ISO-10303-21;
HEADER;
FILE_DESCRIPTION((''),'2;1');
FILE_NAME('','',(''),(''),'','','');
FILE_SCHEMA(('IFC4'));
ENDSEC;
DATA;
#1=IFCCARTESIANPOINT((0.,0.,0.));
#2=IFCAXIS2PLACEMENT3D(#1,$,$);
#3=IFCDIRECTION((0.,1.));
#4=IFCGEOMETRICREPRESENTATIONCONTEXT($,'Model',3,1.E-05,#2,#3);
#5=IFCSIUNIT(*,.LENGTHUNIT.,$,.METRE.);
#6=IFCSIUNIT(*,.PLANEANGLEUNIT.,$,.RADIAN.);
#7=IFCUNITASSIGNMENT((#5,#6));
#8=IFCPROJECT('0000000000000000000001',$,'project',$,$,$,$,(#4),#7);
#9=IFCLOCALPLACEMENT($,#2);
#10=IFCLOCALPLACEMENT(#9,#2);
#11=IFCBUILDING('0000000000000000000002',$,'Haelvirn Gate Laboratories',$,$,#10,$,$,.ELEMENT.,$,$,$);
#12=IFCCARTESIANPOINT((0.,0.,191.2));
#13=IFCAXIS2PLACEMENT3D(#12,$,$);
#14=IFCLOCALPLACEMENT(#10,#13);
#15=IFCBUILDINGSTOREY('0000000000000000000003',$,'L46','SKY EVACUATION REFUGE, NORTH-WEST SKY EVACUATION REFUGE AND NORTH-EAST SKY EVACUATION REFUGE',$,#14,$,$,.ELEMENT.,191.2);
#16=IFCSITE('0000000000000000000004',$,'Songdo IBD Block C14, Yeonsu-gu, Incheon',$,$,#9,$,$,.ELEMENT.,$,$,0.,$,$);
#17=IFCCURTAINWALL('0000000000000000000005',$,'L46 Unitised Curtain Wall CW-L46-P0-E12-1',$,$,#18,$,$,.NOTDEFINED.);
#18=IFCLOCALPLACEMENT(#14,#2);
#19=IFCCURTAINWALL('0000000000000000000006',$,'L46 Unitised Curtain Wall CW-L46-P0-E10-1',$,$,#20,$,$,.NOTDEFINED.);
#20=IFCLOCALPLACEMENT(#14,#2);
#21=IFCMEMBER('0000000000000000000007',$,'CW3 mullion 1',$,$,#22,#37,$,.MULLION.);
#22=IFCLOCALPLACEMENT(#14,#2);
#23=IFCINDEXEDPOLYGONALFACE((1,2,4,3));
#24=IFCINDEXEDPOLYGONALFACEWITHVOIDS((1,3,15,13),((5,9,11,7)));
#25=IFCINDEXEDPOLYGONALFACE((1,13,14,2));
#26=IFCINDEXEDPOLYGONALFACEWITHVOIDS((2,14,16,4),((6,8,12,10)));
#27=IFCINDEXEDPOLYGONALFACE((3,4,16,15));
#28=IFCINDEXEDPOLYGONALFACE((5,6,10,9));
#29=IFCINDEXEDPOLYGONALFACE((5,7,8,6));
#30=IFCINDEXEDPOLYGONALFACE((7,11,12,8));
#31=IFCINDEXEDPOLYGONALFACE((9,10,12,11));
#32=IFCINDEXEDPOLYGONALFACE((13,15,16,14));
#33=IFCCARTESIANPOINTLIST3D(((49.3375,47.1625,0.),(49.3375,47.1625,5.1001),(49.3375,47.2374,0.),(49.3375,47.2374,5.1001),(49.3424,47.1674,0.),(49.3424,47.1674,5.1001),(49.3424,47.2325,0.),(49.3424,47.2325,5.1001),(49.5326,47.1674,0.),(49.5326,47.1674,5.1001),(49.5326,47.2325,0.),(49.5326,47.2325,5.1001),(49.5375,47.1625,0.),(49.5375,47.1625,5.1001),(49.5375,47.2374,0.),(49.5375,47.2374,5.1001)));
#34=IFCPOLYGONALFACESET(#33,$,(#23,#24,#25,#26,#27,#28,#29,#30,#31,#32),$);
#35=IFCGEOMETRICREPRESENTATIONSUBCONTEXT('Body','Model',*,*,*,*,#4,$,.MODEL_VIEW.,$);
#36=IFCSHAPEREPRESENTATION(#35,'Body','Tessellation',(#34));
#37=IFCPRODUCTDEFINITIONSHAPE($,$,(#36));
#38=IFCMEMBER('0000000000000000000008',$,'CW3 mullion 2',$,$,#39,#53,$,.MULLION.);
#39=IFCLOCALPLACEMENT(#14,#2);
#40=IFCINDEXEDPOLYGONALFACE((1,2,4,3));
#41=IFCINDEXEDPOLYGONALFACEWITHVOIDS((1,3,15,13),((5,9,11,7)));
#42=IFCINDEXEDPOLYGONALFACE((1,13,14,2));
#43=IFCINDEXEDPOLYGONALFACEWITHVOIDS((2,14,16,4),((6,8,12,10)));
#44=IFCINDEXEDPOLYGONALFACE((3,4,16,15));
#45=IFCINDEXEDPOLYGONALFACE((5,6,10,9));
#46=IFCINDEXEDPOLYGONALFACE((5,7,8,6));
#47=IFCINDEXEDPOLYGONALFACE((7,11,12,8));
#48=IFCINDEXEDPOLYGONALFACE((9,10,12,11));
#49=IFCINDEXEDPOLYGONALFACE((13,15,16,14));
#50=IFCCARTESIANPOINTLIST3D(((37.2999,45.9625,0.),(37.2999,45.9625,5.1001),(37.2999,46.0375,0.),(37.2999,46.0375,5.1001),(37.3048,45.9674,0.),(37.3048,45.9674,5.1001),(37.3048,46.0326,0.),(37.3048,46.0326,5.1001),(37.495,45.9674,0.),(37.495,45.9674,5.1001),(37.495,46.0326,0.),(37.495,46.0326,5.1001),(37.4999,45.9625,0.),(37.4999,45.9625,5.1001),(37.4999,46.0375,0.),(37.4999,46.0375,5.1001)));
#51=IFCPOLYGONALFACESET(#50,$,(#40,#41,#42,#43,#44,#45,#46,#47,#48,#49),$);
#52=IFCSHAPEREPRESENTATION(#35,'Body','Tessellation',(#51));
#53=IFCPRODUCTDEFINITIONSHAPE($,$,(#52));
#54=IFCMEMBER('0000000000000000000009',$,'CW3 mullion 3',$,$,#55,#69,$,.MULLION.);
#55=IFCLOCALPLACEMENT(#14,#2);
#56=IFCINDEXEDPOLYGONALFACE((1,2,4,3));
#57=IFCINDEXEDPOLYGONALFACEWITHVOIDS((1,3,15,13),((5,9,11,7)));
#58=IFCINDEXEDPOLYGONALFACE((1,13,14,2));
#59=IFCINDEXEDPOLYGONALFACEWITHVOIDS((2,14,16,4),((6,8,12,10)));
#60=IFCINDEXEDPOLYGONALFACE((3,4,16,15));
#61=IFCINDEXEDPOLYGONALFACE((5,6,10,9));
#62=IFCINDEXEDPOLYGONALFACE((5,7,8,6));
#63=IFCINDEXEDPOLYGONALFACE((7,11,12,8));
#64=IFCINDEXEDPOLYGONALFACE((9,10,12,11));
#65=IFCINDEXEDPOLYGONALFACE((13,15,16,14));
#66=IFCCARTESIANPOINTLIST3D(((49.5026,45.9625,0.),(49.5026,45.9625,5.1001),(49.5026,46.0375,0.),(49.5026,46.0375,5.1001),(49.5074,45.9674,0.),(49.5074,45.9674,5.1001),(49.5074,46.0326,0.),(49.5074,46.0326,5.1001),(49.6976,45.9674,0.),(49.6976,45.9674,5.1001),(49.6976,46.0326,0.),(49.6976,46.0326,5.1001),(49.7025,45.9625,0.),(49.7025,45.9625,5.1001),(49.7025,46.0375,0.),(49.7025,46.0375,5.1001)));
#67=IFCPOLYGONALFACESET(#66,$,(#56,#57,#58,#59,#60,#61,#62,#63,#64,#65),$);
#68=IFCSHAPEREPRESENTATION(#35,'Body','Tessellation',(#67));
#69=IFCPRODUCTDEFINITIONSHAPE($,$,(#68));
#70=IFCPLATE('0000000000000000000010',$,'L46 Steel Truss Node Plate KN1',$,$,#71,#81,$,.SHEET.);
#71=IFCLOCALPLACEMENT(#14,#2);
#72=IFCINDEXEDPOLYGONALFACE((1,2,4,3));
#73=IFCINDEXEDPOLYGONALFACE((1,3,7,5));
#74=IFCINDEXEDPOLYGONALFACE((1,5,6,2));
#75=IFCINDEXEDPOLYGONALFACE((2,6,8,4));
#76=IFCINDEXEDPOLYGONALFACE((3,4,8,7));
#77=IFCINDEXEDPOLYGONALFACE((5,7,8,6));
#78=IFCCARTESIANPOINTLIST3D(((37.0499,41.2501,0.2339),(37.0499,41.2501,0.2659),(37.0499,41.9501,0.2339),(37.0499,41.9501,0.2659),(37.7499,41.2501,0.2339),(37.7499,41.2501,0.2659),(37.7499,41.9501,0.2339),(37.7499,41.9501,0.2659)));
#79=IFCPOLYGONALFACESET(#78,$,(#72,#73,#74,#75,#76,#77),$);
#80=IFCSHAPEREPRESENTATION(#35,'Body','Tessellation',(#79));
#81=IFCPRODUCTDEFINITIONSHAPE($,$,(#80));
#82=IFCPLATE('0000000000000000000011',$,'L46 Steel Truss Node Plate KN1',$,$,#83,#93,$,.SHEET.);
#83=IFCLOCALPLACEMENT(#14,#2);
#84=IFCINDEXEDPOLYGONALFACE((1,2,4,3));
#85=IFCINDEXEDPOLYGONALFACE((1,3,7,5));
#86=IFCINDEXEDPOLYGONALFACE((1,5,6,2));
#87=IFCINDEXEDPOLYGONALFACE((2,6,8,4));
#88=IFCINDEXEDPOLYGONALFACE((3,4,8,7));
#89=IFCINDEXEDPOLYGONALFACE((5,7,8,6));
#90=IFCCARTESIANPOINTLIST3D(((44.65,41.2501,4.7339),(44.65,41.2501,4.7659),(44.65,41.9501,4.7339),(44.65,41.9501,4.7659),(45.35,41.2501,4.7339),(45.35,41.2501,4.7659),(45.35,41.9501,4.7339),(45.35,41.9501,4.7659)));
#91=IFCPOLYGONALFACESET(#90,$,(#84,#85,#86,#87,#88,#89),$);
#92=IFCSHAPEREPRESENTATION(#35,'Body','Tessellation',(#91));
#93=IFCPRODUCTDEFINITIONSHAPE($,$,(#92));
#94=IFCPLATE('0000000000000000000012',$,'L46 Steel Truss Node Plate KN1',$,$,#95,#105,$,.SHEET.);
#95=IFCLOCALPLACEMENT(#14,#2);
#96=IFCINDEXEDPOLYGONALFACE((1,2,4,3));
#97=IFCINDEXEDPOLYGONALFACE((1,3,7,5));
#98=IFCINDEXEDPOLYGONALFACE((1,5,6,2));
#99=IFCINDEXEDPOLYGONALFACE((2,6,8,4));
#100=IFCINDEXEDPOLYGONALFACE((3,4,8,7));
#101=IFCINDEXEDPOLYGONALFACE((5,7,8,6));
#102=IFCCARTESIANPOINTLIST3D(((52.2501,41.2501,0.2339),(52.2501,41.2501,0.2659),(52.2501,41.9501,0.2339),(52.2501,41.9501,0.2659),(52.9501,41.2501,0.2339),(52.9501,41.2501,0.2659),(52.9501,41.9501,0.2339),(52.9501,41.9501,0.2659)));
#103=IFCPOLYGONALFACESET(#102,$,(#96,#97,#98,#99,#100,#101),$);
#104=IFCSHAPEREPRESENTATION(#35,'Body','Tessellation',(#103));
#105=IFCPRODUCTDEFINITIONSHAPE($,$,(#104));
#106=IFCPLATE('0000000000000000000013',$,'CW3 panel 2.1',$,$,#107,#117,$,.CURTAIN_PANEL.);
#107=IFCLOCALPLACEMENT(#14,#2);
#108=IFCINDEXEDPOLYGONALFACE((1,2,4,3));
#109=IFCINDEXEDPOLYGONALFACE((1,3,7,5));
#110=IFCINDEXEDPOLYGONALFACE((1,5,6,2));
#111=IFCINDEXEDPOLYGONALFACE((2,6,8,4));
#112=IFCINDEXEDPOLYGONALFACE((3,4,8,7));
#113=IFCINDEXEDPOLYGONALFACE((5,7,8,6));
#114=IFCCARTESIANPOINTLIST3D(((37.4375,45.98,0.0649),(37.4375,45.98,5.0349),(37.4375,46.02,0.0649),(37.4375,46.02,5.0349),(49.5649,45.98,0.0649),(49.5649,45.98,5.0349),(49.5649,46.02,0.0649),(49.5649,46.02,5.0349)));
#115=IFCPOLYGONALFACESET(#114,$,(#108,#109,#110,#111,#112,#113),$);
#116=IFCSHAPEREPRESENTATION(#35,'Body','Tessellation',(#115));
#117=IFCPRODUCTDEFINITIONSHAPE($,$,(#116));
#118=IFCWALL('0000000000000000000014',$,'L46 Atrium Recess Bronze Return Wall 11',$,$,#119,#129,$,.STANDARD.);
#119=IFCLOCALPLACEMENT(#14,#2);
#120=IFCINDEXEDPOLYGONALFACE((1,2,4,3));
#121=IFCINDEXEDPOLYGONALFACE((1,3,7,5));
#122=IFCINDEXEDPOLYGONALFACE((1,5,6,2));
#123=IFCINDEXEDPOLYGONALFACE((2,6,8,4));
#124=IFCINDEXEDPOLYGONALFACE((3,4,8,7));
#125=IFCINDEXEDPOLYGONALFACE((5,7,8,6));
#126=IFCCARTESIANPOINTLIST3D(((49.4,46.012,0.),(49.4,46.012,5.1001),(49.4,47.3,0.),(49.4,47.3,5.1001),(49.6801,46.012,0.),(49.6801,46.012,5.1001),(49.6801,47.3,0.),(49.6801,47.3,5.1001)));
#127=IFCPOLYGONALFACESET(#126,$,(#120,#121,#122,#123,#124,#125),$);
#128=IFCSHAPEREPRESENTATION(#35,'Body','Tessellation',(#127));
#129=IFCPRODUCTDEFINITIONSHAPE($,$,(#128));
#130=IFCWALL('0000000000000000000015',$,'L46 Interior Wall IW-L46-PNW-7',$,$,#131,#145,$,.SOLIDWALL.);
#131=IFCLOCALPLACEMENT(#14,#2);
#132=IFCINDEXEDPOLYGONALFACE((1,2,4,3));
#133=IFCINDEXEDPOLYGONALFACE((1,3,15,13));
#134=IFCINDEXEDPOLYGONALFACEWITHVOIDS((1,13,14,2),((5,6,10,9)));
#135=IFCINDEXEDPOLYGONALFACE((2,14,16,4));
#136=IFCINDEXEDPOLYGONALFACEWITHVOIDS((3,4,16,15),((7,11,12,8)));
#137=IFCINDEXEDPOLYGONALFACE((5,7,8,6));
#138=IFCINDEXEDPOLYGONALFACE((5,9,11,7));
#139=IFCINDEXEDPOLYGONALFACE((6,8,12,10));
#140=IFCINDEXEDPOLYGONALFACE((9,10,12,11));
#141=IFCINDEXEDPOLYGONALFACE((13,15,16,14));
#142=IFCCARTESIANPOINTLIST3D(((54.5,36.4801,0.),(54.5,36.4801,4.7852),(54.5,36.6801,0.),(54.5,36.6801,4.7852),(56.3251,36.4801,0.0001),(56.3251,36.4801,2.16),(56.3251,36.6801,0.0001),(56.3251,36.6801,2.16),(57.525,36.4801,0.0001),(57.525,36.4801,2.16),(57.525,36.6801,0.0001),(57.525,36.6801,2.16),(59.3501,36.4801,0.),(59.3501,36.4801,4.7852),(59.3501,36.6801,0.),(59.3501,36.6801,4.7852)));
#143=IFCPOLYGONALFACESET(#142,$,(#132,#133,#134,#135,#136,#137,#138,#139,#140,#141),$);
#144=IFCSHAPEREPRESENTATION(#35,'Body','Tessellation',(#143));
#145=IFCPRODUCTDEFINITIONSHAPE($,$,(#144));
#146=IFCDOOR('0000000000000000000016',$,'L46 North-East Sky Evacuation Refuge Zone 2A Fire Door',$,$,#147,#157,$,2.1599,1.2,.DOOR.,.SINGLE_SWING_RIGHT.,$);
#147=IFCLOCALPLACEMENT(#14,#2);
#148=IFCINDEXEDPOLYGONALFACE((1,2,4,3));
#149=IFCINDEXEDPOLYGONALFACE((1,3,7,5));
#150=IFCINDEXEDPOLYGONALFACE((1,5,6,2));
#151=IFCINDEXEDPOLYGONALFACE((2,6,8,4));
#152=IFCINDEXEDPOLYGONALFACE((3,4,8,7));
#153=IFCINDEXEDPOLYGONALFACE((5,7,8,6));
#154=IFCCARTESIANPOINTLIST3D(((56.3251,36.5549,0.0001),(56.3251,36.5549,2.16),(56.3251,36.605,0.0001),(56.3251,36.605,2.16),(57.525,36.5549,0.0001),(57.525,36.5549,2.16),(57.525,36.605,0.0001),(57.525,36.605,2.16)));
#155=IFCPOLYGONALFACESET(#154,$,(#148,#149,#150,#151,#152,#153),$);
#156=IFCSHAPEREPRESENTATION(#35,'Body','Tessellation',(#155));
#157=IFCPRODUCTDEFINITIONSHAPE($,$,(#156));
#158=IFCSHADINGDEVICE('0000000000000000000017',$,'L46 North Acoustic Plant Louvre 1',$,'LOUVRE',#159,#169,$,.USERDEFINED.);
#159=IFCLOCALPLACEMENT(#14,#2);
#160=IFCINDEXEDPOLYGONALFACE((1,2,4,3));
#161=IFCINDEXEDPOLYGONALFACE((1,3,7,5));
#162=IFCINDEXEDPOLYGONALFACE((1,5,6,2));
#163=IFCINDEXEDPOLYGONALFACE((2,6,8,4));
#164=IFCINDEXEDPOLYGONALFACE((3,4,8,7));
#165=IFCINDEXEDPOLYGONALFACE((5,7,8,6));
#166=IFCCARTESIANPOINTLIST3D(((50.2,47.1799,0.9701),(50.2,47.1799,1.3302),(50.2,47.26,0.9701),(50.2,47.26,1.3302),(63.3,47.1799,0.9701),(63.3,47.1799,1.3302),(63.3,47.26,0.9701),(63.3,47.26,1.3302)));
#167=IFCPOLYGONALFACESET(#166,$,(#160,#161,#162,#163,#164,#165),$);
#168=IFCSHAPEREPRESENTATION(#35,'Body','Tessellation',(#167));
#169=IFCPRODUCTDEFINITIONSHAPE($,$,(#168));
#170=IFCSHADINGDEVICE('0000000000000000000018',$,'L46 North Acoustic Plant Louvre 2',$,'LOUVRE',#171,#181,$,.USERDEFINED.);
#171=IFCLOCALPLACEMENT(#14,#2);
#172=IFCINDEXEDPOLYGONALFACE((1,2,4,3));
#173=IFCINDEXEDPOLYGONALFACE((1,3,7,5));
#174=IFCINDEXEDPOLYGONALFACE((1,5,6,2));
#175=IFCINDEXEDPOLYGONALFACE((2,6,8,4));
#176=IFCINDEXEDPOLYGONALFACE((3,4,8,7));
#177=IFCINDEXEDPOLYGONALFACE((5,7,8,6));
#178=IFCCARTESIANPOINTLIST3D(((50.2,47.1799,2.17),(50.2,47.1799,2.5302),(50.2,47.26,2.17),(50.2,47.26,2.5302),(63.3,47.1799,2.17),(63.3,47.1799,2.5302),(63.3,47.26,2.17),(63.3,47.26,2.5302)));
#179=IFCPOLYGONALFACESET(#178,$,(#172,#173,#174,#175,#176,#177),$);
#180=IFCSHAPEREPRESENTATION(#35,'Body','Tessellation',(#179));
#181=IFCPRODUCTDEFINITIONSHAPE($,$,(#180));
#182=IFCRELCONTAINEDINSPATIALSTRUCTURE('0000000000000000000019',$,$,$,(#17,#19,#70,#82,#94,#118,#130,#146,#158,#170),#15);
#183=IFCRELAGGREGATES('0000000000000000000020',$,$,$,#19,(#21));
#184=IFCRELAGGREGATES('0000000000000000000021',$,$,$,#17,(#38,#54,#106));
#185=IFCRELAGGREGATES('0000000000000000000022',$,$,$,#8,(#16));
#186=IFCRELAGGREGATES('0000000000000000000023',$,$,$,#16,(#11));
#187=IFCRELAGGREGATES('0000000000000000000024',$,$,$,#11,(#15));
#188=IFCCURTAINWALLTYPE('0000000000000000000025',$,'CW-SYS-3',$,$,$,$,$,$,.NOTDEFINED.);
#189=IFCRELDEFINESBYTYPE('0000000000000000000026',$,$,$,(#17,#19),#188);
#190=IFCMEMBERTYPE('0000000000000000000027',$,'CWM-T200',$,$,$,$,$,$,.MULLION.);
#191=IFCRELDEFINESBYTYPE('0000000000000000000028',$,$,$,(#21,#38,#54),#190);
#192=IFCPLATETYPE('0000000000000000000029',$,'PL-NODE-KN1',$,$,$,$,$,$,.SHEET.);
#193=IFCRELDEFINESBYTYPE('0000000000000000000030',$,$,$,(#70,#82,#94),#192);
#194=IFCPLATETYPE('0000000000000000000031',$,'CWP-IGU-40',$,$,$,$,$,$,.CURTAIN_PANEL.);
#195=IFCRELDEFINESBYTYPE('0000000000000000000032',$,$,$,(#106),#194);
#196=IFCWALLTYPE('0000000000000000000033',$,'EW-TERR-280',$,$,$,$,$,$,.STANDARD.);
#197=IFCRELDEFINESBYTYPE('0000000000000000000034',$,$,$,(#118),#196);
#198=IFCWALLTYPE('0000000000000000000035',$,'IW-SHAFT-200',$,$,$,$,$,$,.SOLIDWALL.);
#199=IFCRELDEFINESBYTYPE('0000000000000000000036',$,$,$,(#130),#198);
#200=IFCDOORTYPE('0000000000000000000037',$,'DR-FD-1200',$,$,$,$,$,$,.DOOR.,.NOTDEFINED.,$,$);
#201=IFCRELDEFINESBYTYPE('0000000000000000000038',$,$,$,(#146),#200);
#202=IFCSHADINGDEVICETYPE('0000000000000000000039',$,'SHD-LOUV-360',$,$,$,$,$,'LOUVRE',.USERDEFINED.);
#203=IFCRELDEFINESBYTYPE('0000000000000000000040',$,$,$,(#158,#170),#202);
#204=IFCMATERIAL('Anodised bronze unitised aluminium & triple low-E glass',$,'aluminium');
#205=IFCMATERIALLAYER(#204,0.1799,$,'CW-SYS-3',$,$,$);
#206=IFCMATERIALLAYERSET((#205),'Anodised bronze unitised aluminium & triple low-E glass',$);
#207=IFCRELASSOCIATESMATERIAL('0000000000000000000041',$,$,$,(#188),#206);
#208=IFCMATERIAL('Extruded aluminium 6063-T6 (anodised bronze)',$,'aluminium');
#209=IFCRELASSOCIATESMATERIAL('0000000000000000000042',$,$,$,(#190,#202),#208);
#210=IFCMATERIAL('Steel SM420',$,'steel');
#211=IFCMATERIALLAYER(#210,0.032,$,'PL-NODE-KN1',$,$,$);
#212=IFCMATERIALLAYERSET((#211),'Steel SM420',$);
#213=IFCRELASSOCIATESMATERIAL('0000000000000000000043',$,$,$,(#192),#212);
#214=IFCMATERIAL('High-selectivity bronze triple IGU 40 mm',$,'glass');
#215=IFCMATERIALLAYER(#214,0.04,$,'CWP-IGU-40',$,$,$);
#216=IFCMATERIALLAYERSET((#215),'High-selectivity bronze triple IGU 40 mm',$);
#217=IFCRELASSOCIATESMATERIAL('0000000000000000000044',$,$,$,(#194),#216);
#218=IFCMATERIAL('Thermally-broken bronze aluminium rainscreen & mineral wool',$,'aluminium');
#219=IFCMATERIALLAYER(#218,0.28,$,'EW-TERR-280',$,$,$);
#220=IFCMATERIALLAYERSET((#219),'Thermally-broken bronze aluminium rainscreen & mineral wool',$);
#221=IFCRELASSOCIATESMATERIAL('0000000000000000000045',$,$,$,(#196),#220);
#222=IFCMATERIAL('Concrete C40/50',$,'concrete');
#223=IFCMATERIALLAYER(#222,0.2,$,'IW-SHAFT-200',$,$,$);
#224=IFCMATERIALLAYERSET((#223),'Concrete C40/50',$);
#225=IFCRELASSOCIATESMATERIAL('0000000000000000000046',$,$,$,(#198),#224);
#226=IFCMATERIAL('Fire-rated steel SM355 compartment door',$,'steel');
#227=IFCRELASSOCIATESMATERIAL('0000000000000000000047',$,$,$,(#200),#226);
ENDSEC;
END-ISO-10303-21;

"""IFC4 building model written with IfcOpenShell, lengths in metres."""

from ifc_helpers import new_model, si_unit, direction, frame, frame_2d, origin, origin_2d, place, context, subcontext, project, spatial, rectangle, hollow_rectangle, extrude, source, transform, mapped, material, layer, layer_set, material_profile, profile_set, type_object, type_shapes, element, fill, aggregate, save


model = new_model("IFC4")

# Units and contexts
model_context = context("Model", 3, precision=1e-05, world=origin(), true_north=direction((0.0, 1.0)))
body_context = subcontext(model_context, "Body", "Model", "MODEL_VIEW")
ifc_project = project(units=[si_unit("LENGTHUNIT", "METRE"), si_unit("PLANEANGLEUNIT", "RADIAN")], contexts=[model_context])

# Site, building, storey
site_placement = place(None, origin())
site = spatial("IfcSite", under=ifc_project, at=site_placement, Name="Songdo IBD Block C14, Yeonsu-gu, Incheon", CompositionType="ELEMENT", RefElevation=0.0)
building_placement = place(site_placement, origin())
building = spatial("IfcBuilding", under=site, at=building_placement, Name="Haelvirn Gate Laboratories", CompositionType="ELEMENT")
storey_placement = place(building_placement, frame((0.0, 0.0, 191.2)))
storey = spatial("IfcBuildingStorey", under=building, at=storey_placement, Name="L46", Description="SKY EVACUATION REFUGE, NORTH-WEST SKY EVACUATION REFUGE AND NORTH-EAST SKY EVACUATION REFUGE", CompositionType="ELEMENT", Elevation=191.2)

# Shared definitions
ifc_material_1 = material(Name="Steel SM420", Category="steel")

# Curtain walls, member
ifc_material_2 = material(Name="Anodised bronze unitised aluminium & triple low-E glass", Category="aluminium")
ifc_layer_1 = layer(ifc_material_2, 0.1799, Name="CW-SYS-3")
ifc_layer_set_1 = layer_set([ifc_layer_1], Name="Anodised bronze unitised aluminium & triple low-E glass")
curtain_wall_type = type_object("IfcCurtainWallType", Name="CW-SYS-3", PredefinedType="NOTDEFINED", material=ifc_layer_set_1)
curtain_wall_1_placement = place(storey_placement, origin())
curtain_wall_1 = element("IfcCurtainWall", 1, at=curtain_wall_1_placement, inside=storey, type_object=curtain_wall_type, Name="L46 Unitised Curtain Wall CW-L46-P0-E12-1", PredefinedType="NOTDEFINED")
ifc_material_3 = material(Name="Extruded aluminium 6063-T6 (anodised bronze)", Category="aluminium")
curtain_wall_2_placement = place(storey_placement, origin())
curtain_wall_2 = element("IfcCurtainWall", 2, at=curtain_wall_2_placement, inside=storey, type_object=curtain_wall_type, Name="L46 Unitised Curtain Wall CW-L46-P0-E10-1", PredefinedType="NOTDEFINED")
ifc_material_profile_1 = material_profile(ifc_material_3, hollow_rectangle(XDim=0.075, YDim=0.2, WallThickness=0.0049, at=origin_2d()), Name="CWM-200x75x5")
ifc_profile_set_1 = profile_set([ifc_material_profile_1], Name="Extruded aluminium 6063-T6 (anodised bronze)")
member_type_1 = type_object("IfcMemberType", Name="CWM-T200", PredefinedType="MULLION", material=ifc_profile_set_1)
shared_shape_1 = source(origin(), body_context, "Body", "SweptSolid", [
    extrude(hollow_rectangle(XDim=0.075, YDim=0.2, WallThickness=0.0049, at=origin_2d()), origin(), (0.0, 0.0, 1.0), 5.1001),
])
type_shapes(member_type_1, [shared_shape_1])
member_1_placement = place(storey_placement, frame((49.4375, 47.2, 0.0), z_axis=(0.0, 0.0, 1.0), x_axis=(0.0, 1.0, 0.0)))
member_1 = element("IfcMember", 3, at=member_1_placement, type_object=member_type_1, Name="CW3 mullion 1", PredefinedType="MULLION", context=body_context, shape_type="MappedRepresentation", body=[
    mapped(shared_shape_1, transform((0.0, 0.0, 0.0), scale=1.0)),
])
aggregate(curtain_wall_2, [member_1])

# Members
member_2_placement = place(storey_placement, frame((37.3999, 46.0, 0.0), z_axis=(0.0, 0.0, 1.0), x_axis=(0.0, 1.0, 0.0)))
member_2 = element("IfcMember", 4, at=member_2_placement, type_object=member_type_1, Name="CW3 mullion 2", PredefinedType="MULLION", context=body_context, shape_type="MappedRepresentation", body=[
    mapped(shared_shape_1, transform((0.0, 0.0, 0.0), scale=1.0)),
])
member_3_placement = place(storey_placement, frame((49.6025, 46.0, 0.0), z_axis=(0.0, 0.0, 1.0), x_axis=(0.0, 1.0, 0.0)))
member_3 = element("IfcMember", 5, at=member_3_placement, type_object=member_type_1, Name="CW3 mullion 3", PredefinedType="MULLION", context=body_context, shape_type="MappedRepresentation", body=[
    mapped(shared_shape_1, transform((0.0, 0.0, 0.0), scale=1.0)),
])

# Plates
ifc_layer_2 = layer(ifc_material_1, 0.032, Name="PL-NODE-KN1")
ifc_layer_set_2 = layer_set([ifc_layer_2], Name="Steel SM420")
plate_type_1 = type_object("IfcPlateType", Name="PL-NODE-KN1", PredefinedType="SHEET", material=ifc_layer_set_2)
shared_shape_2 = source(origin(), body_context, "Body", "SweptSolid", [
    extrude(rectangle(XDim=0.7, YDim=0.7, at=origin_2d()), origin(), (0.0, 0.0, 1.0), 0.032),
])
type_shapes(plate_type_1, [shared_shape_2])
for number, where, z_axis, x_axis, name in (
    (6, (37.3999, 41.6001, 0.2339), (0.0, 0.0, 1.0), (1.0, 0.0, 0.0), "L46 Steel Truss Node Plate KN1"),
    (7, (45.0, 41.6001, 4.7339), (0.0, 0.0, 1.0), (1.0, 0.0, 0.0), "L46 Steel Truss Node Plate KN1"),
    (8, (52.6001, 41.6001, 0.2339), (0.0, 0.0, 1.0), (1.0, 0.0, 0.0), "L46 Steel Truss Node Plate KN1"),
):
    element("IfcPlate", number, at=place(storey_placement, frame(where, z_axis=z_axis, x_axis=x_axis)), inside=storey, type_object=plate_type_1, Name=name, PredefinedType="SHEET", context=body_context, shape_type="MappedRepresentation", body=[
        mapped(shared_shape_2, transform((0.0, 0.0, 0.0), scale=1.0)),
    ])

# Plate
ifc_material_4 = material(Name="High-selectivity bronze triple IGU 40 mm", Category="glass")
ifc_layer_3 = layer(ifc_material_4, 0.04, Name="CWP-IGU-40")
ifc_layer_set_3 = layer_set([ifc_layer_3], Name="High-selectivity bronze triple IGU 40 mm")
plate_type_2 = type_object("IfcPlateType", Name="CWP-IGU-40", PredefinedType="CURTAIN_PANEL", material=ifc_layer_set_3)
shared_shape_3 = source(origin(), body_context, "Body", "SweptSolid", [
    extrude(rectangle(XDim=12.1274, YDim=0.04, at=origin_2d()), origin(), (0.0, 0.0, 1.0), 4.97),
])
type_shapes(plate_type_2, [shared_shape_3])
plate_placement = place(storey_placement, frame((43.5012, 46.0, 0.0649), z_axis=(0.0, 0.0, 1.0), x_axis=(1.0, 0.0, 0.0)))
plate = element("IfcPlate", 9, at=plate_placement, type_object=plate_type_2, Name="CW3 panel 2.1", PredefinedType="CURTAIN_PANEL", context=body_context, shape_type="MappedRepresentation", body=[
    mapped(shared_shape_3, transform((0.0, 0.0, 0.0), scale=1.0)),
])
aggregate(curtain_wall_1, [member_2, member_3, plate])

# Wall
ifc_material_5 = material(Name="Thermally-broken bronze aluminium rainscreen & mineral wool", Category="aluminium")
ifc_layer_4 = layer(ifc_material_5, 0.28, Name="EW-TERR-280")
ifc_layer_set_4 = layer_set([ifc_layer_4], Name="Thermally-broken bronze aluminium rainscreen & mineral wool")
wall_type_1 = type_object("IfcWallType", Name="EW-TERR-280", PredefinedType="STANDARD", material=ifc_layer_set_4)
wall_1_placement = place(storey_placement, frame((49.54, 47.3, 0.0), z_axis=(0.0, 0.0, 1.0), x_axis=(0.0, -1.0, 0.0)))
element("IfcWall", 10, at=wall_1_placement, inside=storey, type_object=wall_type_1, Name="L46 Atrium Recess Bronze Return Wall 11", PredefinedType="STANDARD", context=body_context, shape_type="SweptSolid", body=[
    extrude(rectangle(XDim=1.2881, YDim=0.28, at=frame_2d((0.644, 0.0))), origin(), (0.0, 0.0, 1.0), 5.1001),
])

# Wall, opening, door
ifc_material_6 = material(Name="Concrete C40/50", Category="concrete")
ifc_layer_5 = layer(ifc_material_6, 0.2, Name="IW-SHAFT-200")
ifc_layer_set_5 = layer_set([ifc_layer_5], Name="Concrete C40/50")
wall_type_2 = type_object("IfcWallType", Name="IW-SHAFT-200", PredefinedType="SOLIDWALL", material=ifc_layer_set_5)
wall_2_placement = place(storey_placement, frame((54.5, 36.5801, 0.0), z_axis=(0.0, 0.0, 1.0), x_axis=(1.0, 0.0, 0.0)))
wall_2 = element("IfcWall", 11, at=wall_2_placement, inside=storey, type_object=wall_type_2, Name="L46 Interior Wall IW-L46-PNW-7", PredefinedType="SOLIDWALL", context=body_context, shape_type="SweptSolid", body=[
    extrude(rectangle(XDim=4.8501, YDim=0.2, at=frame_2d((2.425, 0.0))), origin(), (0.0, 0.0, 1.0), 4.7852),
])
opening_placement = place(wall_2_placement, frame((1.825, 0.0, 0.0)))
opening = element("IfcOpeningElement", 12, at=opening_placement, cuts=wall_2, PredefinedType="OPENING", context=body_context, shape_type="SweptSolid", body=[
    extrude(rectangle(XDim=1.2, YDim=2.1599, at=frame_2d((0.6001, 1.0801))), frame((0.0, 0.1099, 0.0), z_axis=(0.0, -1.0, 0.0), x_axis=(1.0, 0.0, 0.0)), (0.0, 0.0, 1.0), 0.22),
])
ifc_material_7 = material(Name="Fire-rated steel SM355 compartment door", Category="steel")
door_type = type_object("IfcDoorType", Name="DR-FD-1200", OperationType="NOTDEFINED", PredefinedType="DOOR", material=ifc_material_7)
shared_shape_4 = source(origin(), body_context, "Body", "SweptSolid", [
    extrude(rectangle(XDim=1.2, YDim=2.1599, at=frame_2d((0.6001, 1.0801))), frame((0.0, 0.0249, 0.0), z_axis=(0.0, -1.0, 0.0), x_axis=(1.0, 0.0, 0.0)), (0.0, 0.0, 1.0), 0.05),
])
type_shapes(door_type, [shared_shape_4])
door_placement = place(opening_placement, origin())
door = element("IfcDoor", 13, at=door_placement, inside=storey, type_object=door_type, Name="L46 North-East Sky Evacuation Refuge Zone 2A Fire Door", OperationType="SINGLE_SWING_RIGHT", OverallHeight=2.1599, OverallWidth=1.2, PredefinedType="DOOR", context=body_context, shape_type="MappedRepresentation", body=[
    mapped(shared_shape_4, transform((0.0, 0.0, 0.0), scale=1.0)),
])
fill(opening, door)

# Shading devices
ifc_material_profile_2 = material_profile(ifc_material_3, rectangle(XDim=0.0801, YDim=0.3601, at=origin_2d()), Name="LOUV-360x80")
ifc_profile_set_2 = profile_set([ifc_material_profile_2], Name="Extruded aluminium 6063-T6 (anodised bronze)")
shading_device_type = type_object("IfcShadingDeviceType", Name="SHD-LOUV-360", ElementType="LOUVRE", PredefinedType="USERDEFINED", material=ifc_profile_set_2)
shared_shape_5 = source(origin(), body_context, "Body", "SweptSolid", [
    extrude(rectangle(XDim=0.0801, YDim=0.3601, at=origin_2d()), origin(), (0.0, 0.0, 1.0), 13.1001),
])
type_shapes(shading_device_type, [shared_shape_5])
for number, where, z_axis, x_axis, name in (
    (14, (50.2, 47.22, 1.1501), (1.0, 0.0, 0.0), (0.0, 1.0, 0.0), "L46 North Acoustic Plant Louvre 1"),
    (15, (50.2, 47.22, 2.3501), (1.0, 0.0, 0.0), (0.0, 1.0, 0.0), "L46 North Acoustic Plant Louvre 2"),
):
    element("IfcShadingDevice", number, at=place(storey_placement, frame(where, z_axis=z_axis, x_axis=x_axis)), inside=storey, type_object=shading_device_type, Name=name, ObjectType="LOUVRE", PredefinedType="USERDEFINED", context=body_context, shape_type="MappedRepresentation", body=[
        mapped(shared_shape_5, transform((0.0, 0.0, 0.0), scale=1.0)),
    ])

save(model, "model.ifc")
